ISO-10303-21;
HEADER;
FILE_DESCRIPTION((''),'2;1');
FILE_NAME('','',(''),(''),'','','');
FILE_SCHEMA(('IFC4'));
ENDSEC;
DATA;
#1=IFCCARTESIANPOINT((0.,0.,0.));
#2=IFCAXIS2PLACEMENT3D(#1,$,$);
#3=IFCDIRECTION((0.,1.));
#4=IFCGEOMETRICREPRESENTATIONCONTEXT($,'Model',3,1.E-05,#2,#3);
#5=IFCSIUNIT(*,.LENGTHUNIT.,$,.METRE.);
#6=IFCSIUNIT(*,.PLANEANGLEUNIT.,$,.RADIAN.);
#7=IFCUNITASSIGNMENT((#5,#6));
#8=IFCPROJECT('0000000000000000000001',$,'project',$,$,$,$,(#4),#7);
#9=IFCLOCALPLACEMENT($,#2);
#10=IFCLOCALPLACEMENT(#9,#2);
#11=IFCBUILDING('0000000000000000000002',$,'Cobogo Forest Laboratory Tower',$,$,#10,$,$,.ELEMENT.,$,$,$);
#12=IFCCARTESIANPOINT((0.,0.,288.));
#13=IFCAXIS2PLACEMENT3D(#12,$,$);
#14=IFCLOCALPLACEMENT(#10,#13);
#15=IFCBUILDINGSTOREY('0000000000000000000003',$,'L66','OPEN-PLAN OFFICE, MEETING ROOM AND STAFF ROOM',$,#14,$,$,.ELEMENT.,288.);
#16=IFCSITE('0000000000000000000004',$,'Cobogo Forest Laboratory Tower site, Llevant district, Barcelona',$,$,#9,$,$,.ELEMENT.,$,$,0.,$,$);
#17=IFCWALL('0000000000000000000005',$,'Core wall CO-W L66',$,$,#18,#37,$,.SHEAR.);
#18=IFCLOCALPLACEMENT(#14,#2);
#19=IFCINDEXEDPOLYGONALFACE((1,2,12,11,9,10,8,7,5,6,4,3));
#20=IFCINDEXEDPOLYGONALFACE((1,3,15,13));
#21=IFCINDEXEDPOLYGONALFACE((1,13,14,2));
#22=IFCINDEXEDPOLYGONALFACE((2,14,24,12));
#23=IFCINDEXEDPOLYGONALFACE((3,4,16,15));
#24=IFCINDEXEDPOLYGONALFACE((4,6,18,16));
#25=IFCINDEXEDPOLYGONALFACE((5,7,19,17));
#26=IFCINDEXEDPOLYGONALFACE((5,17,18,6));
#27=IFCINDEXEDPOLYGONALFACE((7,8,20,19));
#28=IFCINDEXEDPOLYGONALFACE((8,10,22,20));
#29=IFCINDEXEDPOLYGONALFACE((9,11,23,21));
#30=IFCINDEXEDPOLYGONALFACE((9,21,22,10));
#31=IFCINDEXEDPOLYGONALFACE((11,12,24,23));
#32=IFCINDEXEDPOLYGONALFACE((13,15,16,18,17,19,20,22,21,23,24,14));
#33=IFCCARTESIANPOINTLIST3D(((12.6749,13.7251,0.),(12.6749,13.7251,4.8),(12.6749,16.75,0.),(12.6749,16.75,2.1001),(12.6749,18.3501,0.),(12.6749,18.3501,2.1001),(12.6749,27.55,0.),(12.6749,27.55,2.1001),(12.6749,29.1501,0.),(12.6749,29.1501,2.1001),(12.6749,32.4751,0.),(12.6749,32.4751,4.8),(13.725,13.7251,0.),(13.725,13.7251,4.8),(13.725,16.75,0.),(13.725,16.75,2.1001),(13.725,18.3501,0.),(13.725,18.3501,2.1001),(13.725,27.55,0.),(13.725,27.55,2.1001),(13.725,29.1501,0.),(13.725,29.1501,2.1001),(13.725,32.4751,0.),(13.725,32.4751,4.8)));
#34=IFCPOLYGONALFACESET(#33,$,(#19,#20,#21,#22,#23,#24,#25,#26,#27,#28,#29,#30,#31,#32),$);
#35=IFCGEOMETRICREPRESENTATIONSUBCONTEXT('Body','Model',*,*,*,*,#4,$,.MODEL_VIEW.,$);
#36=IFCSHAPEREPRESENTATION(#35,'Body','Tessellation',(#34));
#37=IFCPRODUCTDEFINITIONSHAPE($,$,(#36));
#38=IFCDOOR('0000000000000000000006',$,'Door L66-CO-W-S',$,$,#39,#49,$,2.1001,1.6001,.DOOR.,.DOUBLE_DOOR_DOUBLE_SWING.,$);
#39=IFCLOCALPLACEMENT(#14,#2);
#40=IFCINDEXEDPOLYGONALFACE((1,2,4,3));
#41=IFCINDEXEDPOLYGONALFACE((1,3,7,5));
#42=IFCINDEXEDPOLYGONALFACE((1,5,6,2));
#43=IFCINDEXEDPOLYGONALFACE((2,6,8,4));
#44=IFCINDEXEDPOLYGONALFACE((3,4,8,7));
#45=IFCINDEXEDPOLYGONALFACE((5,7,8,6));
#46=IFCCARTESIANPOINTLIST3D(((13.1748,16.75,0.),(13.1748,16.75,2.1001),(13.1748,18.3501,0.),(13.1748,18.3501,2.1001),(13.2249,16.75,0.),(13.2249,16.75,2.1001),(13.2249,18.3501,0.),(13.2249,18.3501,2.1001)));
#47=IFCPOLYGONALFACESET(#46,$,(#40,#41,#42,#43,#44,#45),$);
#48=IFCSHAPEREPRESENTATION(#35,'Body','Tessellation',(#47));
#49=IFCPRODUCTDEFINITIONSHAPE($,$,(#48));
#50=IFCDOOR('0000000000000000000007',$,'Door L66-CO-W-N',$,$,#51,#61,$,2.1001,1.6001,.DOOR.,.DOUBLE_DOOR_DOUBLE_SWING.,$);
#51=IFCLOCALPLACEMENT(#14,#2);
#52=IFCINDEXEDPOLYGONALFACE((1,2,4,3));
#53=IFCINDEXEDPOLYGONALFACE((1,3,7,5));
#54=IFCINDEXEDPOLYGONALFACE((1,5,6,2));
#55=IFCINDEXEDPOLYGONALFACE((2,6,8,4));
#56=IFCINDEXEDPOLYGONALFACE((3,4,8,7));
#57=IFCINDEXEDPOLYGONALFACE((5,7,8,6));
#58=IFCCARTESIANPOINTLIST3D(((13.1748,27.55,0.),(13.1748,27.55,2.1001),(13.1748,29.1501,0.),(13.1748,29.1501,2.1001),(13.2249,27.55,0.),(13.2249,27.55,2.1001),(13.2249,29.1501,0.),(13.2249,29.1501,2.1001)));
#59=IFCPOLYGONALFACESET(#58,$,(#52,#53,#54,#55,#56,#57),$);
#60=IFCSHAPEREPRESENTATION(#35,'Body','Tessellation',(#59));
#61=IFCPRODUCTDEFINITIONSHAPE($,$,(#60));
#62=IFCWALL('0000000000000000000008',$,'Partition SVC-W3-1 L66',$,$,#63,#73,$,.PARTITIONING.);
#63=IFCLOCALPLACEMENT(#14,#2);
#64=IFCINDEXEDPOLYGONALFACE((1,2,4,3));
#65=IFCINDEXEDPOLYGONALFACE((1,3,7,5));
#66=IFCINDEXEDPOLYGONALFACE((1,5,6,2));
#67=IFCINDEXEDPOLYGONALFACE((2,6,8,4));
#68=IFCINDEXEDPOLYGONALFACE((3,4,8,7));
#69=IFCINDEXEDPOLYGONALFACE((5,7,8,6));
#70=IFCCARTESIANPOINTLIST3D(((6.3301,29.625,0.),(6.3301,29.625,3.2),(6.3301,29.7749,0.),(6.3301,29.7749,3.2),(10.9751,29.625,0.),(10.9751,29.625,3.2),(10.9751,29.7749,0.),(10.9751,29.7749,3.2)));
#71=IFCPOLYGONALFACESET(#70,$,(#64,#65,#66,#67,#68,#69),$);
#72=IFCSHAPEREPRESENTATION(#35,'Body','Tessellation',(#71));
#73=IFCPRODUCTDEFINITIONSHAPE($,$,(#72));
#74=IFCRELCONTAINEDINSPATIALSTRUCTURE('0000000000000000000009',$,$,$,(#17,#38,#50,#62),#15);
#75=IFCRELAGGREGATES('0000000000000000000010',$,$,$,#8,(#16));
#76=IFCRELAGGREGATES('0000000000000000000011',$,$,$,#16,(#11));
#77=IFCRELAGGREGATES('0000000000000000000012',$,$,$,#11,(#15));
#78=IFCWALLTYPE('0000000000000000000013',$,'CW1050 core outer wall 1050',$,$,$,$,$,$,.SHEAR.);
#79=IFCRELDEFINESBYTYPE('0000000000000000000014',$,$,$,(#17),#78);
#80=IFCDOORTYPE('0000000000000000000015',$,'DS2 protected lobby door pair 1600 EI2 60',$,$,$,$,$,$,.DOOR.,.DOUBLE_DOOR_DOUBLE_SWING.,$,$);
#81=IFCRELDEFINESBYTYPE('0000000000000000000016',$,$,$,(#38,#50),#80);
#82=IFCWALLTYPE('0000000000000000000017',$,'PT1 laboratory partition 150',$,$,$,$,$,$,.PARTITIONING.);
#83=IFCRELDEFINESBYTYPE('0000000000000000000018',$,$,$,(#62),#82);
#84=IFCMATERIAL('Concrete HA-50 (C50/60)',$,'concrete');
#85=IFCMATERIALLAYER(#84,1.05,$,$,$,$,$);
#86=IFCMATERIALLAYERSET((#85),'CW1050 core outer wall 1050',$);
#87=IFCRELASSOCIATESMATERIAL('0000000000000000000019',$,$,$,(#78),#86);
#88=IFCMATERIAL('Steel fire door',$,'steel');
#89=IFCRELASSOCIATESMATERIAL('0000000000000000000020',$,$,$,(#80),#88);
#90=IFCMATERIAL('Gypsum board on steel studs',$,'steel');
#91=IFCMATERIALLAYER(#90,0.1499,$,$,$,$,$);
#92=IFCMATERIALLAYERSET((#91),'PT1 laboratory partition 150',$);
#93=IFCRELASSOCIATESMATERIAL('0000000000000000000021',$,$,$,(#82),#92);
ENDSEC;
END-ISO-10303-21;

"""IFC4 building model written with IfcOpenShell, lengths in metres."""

from ifc_helpers import new_model, si_unit, direction, frame, frame_2d, origin, place, context, subcontext, project, spatial, rectangle, extrude, material, layer, layer_set, type_object, element, fill, save


model = new_model("IFC4")

# Units and contexts
model_context = context("Model", 3, precision=1e-05, world=origin(), true_north=direction((0.0, 1.0)))
body_context = subcontext(model_context, "Body", "Model", "MODEL_VIEW")
ifc_project = project(units=[si_unit("LENGTHUNIT", "METRE"), si_unit("PLANEANGLEUNIT", "RADIAN")], contexts=[model_context])

# Site, building, storey
site_placement = place(None, origin())
site = spatial("IfcSite", under=ifc_project, at=site_placement, Name="Cobogo Forest Laboratory Tower site, Llevant district, Barcelona", CompositionType="ELEMENT", RefElevation=0.0)
building_placement = place(site_placement, origin())
building = spatial("IfcBuilding", under=site, at=building_placement, Name="Cobogo Forest Laboratory Tower", CompositionType="ELEMENT")
storey_placement = place(building_placement, frame((0.0, 0.0, 288.0)))
storey = spatial("IfcBuildingStorey", under=building, at=storey_placement, Name="L66", Description="OPEN-PLAN OFFICE, MEETING ROOM AND STAFF ROOM", CompositionType="ELEMENT", Elevation=288.0)

# Shared definitions
ifc_material_1 = material(Name="Concrete HA-50 (C50/60)", Category="concrete")

# Wall, openings, doors
ifc_material_2 = material(Name="Steel fire door", Category="steel")
ifc_layer_1 = layer(ifc_material_1, 1.05)
ifc_layer_set_1 = layer_set([ifc_layer_1], Name="CW1050 core outer wall 1050")
wall_type_1 = type_object("IfcWallType", Name="CW1050 core outer wall 1050", PredefinedType="SHEAR", material=ifc_layer_set_1)
wall_1_placement = place(storey_placement, frame((13.2, 32.4751, 0.0), z_axis=(0.0, 0.0, 1.0), x_axis=(0.0, -1.0, 0.0)))
wall_1 = element("IfcWall", 1, at=wall_1_placement, inside=storey, type_object=wall_type_1, Name="Core wall CO-W L66", PredefinedType="SHEAR", context=body_context, shape_type="SweptSolid", body=[
    extrude(rectangle(XDim=18.75, YDim=1.05, at=frame_2d((9.375, 0.0))), origin(), (0.0, 0.0, 1.0), 4.8),
])
opening_1_placement = place(wall_1_placement, frame((14.125, 0.0, 0.0)))
opening_1 = element("IfcOpeningElement", 2, at=opening_1_placement, cuts=wall_1, PredefinedType="OPENING", context=body_context, shape_type="SweptSolid", body=[
    extrude(rectangle(XDim=1.6001, YDim=2.1001, at=frame_2d((0.8, 1.05))), frame((0.0, 0.5349, 0.0), z_axis=(0.0, -1.0, 0.0), x_axis=(1.0, 0.0, 0.0)), (0.0, 0.0, 1.0), 1.0701),
])
opening_2_placement = place(wall_1_placement, frame((3.325, 0.0, 0.0)))
opening_2 = element("IfcOpeningElement", 3, at=opening_2_placement, cuts=wall_1, PredefinedType="OPENING", context=body_context, shape_type="SweptSolid", body=[
    extrude(rectangle(XDim=1.6001, YDim=2.1001, at=frame_2d((0.8, 1.05))), frame((0.0, 0.5349, 0.0), z_axis=(0.0, -1.0, 0.0), x_axis=(1.0, 0.0, 0.0)), (0.0, 0.0, 1.0), 1.0701),
])
door_type_1 = type_object("IfcDoorType", Name="DS2 protected lobby door pair 1600 EI2 60", OperationType="DOUBLE_DOOR_DOUBLE_SWING", PredefinedType="DOOR", material=ifc_material_2)
door_1_placement = place(opening_1_placement, origin())
door_1 = element("IfcDoor", 4, at=door_1_placement, inside=storey, type_object=door_type_1, Name="Door L66-CO-W-S", OperationType="DOUBLE_DOOR_DOUBLE_SWING", OverallHeight=2.1001, OverallWidth=1.6001, PredefinedType="DOOR", context=body_context, shape_type="SweptSolid", body=[
    extrude(rectangle(XDim=1.6001, YDim=2.1001, at=frame_2d((0.8, 1.05))), frame((0.0, 0.0249, 0.0), z_axis=(0.0, -1.0, 0.0), x_axis=(1.0, 0.0, 0.0)), (0.0, 0.0, 1.0), 0.05),
])
fill(opening_1, door_1)
door_2_placement = place(opening_2_placement, origin())
door_2 = element("IfcDoor", 5, at=door_2_placement, inside=storey, type_object=door_type_1, Name="Door L66-CO-W-N", OperationType="DOUBLE_DOOR_DOUBLE_SWING", OverallHeight=2.1001, OverallWidth=1.6001, PredefinedType="DOOR", context=body_context, shape_type="SweptSolid", body=[
    extrude(rectangle(XDim=1.6001, YDim=2.1001, at=frame_2d((0.8, 1.05))), frame((0.0, 0.0249, 0.0), z_axis=(0.0, -1.0, 0.0), x_axis=(1.0, 0.0, 0.0)), (0.0, 0.0, 1.0), 0.05),
])
fill(opening_2, door_2)

# Wall
ifc_material_3 = material(Name="Gypsum board on steel studs", Category="steel")
ifc_layer_2 = layer(ifc_material_3, 0.1499)
ifc_layer_set_2 = layer_set([ifc_layer_2], Name="PT1 laboratory partition 150")
wall_type_2 = type_object("IfcWallType", Name="PT1 laboratory partition 150", PredefinedType="PARTITIONING", material=ifc_layer_set_2)
wall_2_placement = place(storey_placement, frame((6.3301, 29.7, 0.0), z_axis=(0.0, 0.0, 1.0), x_axis=(1.0, 0.0, 0.0)))
element("IfcWall", 6, at=wall_2_placement, inside=storey, type_object=wall_type_2, Name="Partition SVC-W3-1 L66", PredefinedType="PARTITIONING", context=body_context, shape_type="SweptSolid", body=[
    extrude(rectangle(XDim=4.645, YDim=0.1499, at=frame_2d((2.3225, 0.0))), origin(), (0.0, 0.0, 1.0), 3.2),
])

save(model, "model.ifc")
